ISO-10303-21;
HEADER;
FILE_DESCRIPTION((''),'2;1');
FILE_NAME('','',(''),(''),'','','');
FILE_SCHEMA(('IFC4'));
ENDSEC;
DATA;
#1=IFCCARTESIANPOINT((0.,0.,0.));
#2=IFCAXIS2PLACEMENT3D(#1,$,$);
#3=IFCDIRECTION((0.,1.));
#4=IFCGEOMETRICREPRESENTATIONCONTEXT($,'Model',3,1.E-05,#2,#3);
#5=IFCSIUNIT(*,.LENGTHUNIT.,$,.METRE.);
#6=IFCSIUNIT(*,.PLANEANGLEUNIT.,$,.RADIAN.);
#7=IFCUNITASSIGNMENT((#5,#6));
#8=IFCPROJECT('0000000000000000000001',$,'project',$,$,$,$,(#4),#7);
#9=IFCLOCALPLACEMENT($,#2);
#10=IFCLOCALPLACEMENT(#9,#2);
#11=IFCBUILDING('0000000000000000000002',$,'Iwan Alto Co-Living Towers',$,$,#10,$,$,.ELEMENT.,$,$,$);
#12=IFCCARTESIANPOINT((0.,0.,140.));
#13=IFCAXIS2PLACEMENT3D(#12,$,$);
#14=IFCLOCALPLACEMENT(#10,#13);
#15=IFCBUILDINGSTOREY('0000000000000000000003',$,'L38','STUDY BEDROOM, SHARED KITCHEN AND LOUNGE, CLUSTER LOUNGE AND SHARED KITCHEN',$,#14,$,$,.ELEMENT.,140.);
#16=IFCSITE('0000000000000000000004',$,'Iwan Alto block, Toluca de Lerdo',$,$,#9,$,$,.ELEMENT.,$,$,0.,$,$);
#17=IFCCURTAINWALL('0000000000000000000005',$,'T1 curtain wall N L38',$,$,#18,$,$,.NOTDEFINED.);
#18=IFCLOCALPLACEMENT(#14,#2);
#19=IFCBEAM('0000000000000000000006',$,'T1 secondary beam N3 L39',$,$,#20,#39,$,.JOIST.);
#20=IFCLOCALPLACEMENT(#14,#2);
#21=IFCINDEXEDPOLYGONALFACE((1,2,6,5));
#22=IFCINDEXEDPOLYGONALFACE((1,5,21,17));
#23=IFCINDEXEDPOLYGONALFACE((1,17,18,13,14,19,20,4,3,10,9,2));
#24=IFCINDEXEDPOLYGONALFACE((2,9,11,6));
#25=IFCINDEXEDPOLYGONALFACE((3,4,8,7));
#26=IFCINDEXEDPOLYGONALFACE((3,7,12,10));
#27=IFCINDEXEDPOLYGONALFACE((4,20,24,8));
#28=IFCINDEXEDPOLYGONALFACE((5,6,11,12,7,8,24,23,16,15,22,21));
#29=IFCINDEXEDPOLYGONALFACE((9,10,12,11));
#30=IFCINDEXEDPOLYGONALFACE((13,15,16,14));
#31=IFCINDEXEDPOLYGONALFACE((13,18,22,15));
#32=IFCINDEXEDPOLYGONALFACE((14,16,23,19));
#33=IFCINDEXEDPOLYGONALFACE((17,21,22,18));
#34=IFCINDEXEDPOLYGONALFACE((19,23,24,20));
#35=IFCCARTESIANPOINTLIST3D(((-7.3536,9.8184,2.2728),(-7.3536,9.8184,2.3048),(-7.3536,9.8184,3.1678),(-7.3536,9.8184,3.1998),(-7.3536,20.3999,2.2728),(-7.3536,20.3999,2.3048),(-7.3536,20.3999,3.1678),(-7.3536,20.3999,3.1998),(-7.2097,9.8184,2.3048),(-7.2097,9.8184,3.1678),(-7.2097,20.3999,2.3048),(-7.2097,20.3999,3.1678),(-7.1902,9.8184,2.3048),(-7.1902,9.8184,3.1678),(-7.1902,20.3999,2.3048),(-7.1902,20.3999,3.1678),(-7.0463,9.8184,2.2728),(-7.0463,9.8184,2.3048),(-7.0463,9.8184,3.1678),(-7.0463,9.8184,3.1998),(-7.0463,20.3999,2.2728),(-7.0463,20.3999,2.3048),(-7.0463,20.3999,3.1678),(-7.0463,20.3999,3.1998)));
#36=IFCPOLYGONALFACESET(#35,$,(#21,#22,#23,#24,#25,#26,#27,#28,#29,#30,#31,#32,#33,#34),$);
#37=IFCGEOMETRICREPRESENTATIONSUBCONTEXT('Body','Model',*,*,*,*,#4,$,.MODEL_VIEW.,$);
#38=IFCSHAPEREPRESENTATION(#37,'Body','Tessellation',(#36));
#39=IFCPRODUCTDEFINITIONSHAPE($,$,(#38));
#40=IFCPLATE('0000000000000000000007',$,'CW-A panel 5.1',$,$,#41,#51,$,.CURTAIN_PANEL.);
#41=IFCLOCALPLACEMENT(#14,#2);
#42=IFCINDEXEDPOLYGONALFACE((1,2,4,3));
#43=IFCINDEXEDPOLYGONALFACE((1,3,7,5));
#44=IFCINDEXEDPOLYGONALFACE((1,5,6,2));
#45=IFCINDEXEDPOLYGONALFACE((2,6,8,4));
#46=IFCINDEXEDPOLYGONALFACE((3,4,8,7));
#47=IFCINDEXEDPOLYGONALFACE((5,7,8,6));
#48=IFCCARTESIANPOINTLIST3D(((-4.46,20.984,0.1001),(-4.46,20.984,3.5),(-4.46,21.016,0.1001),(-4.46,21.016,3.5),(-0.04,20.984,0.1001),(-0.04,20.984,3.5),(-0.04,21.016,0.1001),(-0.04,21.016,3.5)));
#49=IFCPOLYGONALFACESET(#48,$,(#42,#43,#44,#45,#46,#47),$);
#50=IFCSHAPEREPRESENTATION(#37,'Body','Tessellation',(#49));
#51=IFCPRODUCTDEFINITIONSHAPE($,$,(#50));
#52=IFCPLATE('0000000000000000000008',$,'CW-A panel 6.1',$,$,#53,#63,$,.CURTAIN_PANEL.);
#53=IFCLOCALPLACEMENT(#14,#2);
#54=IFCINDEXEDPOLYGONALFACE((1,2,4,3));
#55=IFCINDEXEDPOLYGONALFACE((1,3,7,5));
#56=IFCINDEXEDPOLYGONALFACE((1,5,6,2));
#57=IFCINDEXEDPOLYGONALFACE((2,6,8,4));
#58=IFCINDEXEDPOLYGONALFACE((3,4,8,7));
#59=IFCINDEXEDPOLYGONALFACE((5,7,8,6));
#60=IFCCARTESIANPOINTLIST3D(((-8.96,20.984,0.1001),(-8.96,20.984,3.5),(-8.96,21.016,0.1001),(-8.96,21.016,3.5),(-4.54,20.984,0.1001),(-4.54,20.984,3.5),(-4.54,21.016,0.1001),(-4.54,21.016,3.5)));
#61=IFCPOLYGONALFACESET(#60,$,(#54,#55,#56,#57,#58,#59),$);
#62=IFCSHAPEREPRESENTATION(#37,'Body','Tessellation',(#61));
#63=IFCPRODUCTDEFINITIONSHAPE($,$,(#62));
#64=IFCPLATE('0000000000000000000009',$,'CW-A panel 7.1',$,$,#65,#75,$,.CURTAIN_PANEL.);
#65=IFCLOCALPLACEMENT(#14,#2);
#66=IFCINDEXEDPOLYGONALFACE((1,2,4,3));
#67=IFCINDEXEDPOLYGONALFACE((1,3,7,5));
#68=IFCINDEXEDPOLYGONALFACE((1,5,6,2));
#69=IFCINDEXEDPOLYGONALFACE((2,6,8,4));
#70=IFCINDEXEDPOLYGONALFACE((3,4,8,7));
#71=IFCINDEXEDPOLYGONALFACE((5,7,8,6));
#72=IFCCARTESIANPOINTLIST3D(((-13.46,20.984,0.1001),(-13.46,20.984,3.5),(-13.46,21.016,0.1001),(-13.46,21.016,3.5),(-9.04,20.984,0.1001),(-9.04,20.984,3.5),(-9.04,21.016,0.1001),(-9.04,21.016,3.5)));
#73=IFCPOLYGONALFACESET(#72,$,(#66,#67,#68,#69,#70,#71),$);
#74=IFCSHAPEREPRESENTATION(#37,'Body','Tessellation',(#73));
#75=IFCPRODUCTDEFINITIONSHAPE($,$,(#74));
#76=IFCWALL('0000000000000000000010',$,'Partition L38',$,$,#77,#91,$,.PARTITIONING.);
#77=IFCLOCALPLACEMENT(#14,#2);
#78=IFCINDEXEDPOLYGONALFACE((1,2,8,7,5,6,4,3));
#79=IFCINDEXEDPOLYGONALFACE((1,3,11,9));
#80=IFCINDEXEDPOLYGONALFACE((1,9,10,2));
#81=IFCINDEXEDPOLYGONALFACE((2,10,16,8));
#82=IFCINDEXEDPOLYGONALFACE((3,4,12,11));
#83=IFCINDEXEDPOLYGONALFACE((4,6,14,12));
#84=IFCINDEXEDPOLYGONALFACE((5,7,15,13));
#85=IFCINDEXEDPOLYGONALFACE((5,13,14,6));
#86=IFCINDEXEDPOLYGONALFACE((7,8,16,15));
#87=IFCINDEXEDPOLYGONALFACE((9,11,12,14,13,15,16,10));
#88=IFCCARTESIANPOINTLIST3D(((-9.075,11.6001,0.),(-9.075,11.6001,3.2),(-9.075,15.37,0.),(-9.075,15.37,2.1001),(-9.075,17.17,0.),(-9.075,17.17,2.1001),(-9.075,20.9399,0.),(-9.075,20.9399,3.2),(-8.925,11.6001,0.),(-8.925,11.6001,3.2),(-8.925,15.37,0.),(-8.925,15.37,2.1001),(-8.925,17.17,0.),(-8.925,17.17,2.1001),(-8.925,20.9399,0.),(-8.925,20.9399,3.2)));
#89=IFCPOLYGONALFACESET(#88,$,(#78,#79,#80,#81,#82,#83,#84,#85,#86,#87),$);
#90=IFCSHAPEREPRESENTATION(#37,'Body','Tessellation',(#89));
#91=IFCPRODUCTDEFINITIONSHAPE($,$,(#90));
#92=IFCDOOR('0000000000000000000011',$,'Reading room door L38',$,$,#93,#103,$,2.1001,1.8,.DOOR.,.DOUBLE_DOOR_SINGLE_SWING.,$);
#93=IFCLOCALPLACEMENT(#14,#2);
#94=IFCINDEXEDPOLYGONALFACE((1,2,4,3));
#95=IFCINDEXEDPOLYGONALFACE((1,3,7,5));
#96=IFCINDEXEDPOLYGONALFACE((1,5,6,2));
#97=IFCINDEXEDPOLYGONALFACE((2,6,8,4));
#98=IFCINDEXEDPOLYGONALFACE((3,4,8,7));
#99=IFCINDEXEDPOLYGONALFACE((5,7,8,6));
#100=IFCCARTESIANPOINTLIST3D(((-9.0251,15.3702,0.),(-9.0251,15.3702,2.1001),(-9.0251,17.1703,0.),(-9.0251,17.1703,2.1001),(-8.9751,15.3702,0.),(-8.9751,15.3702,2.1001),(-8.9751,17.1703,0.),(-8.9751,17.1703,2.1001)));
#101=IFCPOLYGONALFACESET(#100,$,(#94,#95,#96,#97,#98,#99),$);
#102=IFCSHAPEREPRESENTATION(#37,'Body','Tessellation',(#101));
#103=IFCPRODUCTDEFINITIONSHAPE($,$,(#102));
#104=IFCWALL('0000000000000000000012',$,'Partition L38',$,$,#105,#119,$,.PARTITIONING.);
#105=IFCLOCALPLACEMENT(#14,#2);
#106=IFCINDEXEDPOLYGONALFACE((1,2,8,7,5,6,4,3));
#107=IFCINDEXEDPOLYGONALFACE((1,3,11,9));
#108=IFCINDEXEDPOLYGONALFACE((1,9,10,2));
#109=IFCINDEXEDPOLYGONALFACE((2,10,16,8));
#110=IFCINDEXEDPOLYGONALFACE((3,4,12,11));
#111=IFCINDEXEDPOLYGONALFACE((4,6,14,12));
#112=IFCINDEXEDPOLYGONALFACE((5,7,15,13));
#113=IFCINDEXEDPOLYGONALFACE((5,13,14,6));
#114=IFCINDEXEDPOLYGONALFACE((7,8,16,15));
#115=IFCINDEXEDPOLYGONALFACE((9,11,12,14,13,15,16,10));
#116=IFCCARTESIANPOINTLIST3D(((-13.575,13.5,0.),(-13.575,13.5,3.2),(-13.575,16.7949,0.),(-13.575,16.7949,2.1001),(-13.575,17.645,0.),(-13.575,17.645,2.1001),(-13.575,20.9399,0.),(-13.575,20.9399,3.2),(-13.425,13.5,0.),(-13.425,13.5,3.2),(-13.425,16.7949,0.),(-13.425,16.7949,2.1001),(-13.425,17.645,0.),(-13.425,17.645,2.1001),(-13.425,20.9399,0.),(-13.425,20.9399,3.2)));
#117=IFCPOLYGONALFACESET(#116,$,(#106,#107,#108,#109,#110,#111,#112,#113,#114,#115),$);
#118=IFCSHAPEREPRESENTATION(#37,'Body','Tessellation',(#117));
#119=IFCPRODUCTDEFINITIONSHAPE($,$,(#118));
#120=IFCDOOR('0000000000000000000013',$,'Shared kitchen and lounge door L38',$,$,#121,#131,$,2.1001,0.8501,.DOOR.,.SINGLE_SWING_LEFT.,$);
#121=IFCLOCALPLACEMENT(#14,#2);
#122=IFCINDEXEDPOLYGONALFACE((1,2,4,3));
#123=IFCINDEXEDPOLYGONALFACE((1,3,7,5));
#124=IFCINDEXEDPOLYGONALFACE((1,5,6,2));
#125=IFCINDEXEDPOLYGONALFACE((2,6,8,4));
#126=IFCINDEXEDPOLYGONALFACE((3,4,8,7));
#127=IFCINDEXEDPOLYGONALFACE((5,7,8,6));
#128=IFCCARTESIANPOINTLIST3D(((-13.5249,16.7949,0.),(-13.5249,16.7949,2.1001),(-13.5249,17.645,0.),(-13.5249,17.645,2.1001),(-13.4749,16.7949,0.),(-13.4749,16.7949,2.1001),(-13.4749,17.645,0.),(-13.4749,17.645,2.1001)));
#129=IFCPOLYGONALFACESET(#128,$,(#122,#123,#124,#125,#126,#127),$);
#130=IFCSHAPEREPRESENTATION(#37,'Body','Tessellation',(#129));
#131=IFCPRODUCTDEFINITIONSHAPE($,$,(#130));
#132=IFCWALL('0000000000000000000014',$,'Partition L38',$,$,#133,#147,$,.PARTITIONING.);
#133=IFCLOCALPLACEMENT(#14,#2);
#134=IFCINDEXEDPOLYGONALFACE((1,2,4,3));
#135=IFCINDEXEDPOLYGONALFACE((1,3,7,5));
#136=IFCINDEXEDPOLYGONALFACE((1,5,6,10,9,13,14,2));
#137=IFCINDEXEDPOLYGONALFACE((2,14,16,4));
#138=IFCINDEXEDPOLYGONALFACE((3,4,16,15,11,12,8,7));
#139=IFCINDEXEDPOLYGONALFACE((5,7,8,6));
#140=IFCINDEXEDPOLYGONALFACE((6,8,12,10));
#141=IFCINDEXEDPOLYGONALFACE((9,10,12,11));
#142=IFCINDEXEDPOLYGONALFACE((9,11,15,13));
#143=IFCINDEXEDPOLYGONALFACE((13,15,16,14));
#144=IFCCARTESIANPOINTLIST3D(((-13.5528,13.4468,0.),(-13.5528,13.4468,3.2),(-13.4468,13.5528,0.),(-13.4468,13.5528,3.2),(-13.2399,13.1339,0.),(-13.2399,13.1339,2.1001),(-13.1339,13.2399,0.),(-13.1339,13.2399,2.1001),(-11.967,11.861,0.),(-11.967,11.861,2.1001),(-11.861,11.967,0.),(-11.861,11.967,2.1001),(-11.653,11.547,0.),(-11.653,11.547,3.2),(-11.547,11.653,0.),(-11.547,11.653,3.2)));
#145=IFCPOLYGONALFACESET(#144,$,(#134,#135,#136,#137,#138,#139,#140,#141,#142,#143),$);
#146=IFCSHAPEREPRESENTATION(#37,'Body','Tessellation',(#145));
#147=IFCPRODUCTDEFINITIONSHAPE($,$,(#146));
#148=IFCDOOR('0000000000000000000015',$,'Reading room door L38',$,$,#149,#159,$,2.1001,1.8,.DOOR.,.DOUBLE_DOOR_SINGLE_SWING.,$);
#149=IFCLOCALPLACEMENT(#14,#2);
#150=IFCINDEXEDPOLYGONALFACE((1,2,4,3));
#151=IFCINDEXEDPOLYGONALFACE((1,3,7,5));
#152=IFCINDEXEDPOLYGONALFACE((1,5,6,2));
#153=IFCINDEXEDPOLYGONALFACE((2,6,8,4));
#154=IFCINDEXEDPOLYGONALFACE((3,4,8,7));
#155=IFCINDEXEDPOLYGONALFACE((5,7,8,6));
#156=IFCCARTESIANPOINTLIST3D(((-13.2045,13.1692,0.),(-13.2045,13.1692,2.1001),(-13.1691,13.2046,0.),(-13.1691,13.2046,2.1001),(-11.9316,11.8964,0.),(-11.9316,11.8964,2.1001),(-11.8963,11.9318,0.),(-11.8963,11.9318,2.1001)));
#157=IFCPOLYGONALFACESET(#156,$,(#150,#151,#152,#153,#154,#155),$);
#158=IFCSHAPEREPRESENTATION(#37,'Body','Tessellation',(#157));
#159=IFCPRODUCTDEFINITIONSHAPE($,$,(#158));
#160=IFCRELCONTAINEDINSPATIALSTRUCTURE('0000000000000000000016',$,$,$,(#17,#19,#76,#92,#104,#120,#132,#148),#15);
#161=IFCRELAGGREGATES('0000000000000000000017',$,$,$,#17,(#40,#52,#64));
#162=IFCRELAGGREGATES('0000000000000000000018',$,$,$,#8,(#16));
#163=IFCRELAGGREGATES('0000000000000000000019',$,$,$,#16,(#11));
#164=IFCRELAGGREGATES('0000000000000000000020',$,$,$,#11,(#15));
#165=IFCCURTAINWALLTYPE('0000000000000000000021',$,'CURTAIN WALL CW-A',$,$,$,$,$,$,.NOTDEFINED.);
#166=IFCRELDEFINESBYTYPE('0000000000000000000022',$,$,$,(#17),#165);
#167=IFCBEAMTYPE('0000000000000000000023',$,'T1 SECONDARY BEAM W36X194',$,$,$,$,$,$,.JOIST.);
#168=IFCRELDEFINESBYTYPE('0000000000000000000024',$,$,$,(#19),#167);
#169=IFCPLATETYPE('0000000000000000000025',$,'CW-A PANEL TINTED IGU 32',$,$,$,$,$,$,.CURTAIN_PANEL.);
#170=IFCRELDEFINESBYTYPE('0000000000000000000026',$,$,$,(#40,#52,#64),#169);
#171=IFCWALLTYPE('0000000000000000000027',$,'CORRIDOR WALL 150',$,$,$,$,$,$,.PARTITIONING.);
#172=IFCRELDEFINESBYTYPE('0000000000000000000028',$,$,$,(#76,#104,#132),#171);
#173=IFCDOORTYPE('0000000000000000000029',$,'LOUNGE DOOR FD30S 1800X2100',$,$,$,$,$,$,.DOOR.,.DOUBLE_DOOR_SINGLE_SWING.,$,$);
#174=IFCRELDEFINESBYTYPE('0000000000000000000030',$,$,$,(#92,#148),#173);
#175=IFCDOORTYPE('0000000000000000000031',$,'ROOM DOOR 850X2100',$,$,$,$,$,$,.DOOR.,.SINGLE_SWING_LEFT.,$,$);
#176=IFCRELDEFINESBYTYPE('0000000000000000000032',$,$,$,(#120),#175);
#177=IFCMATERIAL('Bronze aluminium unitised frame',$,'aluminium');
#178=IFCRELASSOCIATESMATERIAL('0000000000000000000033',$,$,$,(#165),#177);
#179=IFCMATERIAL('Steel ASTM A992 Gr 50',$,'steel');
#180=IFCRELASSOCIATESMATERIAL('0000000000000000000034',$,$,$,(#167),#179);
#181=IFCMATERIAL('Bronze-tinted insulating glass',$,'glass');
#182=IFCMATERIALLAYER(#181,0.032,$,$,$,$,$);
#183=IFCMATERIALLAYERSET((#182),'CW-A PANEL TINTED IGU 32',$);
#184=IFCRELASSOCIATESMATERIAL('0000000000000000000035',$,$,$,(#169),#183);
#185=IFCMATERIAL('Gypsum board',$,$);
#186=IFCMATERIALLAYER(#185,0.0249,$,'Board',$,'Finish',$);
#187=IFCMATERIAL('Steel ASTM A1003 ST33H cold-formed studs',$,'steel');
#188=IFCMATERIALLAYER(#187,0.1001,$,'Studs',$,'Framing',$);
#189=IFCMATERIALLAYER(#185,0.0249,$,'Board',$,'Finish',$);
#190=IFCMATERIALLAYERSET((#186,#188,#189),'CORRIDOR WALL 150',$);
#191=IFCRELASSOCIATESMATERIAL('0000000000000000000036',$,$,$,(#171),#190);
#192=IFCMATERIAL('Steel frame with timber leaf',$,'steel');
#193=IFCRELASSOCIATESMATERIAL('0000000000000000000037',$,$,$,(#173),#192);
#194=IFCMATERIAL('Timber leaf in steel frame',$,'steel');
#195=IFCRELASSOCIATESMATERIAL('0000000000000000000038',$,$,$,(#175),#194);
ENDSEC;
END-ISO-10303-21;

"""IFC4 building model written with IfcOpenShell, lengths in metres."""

from ifc_helpers import new_model, si_unit, direction, frame, frame_2d, origin, origin_2d, place, context, subcontext, project, spatial, rectangle, i_section, extrude, material, layer, layer_set, material_profile, profile_set, type_object, element, fill, aggregate, save


model = new_model("IFC4")

# Units and contexts
model_context = context("Model", 3, precision=1e-05, world=origin(), true_north=direction((0.0, 1.0)))
body_context = subcontext(model_context, "Body", "Model", "MODEL_VIEW")
ifc_project = project(units=[si_unit("LENGTHUNIT", "METRE"), si_unit("PLANEANGLEUNIT", "RADIAN")], contexts=[model_context])

# Site, building, storey
site_placement = place(None, origin())
site = spatial("IfcSite", under=ifc_project, at=site_placement, Name="Iwan Alto block, Toluca de Lerdo", CompositionType="ELEMENT", RefElevation=0.0)
building_placement = place(site_placement, origin())
building = spatial("IfcBuilding", under=site, at=building_placement, Name="Iwan Alto Co-Living Towers", CompositionType="ELEMENT")
storey_placement = place(building_placement, frame((0.0, 0.0, 140.0)))
storey = spatial("IfcBuildingStorey", under=building, at=storey_placement, Name="L38", Description="STUDY BEDROOM, SHARED KITCHEN AND LOUNGE, CLUSTER LOUNGE AND SHARED KITCHEN", CompositionType="ELEMENT", Elevation=140.0)

# Curtain wall
ifc_material_1 = material(Name="Bronze aluminium unitised frame", Category="aluminium")
curtain_wall_type = type_object("IfcCurtainWallType", Name="CURTAIN WALL CW-A", PredefinedType="NOTDEFINED", material=ifc_material_1)
curtain_wall_placement = place(storey_placement, origin())
curtain_wall = element("IfcCurtainWall", 1, at=curtain_wall_placement, inside=storey, type_object=curtain_wall_type, Name="T1 curtain wall N L38", PredefinedType="NOTDEFINED")

# Beam
ifc_material_2 = material(Name="Steel ASTM A992 Gr 50", Category="steel")
ifc_material_profile_1 = material_profile(ifc_material_2, i_section(OverallWidth=0.3074, OverallDepth=0.927, WebThickness=0.0195, FlangeThickness=0.032, at=origin_2d()), Name="W36X194")
ifc_profile_set_1 = profile_set([ifc_material_profile_1], Name="Steel ASTM A992 Gr 50")
beam_type_1 = type_object("IfcBeamType", Name="T1 SECONDARY BEAM W36X194", PredefinedType="JOIST", material=ifc_profile_set_1)
beam_1_placement = place(storey_placement, frame((-7.2, 20.3999, 2.7363), z_axis=(0.0, -1.0, 0.0), x_axis=(1.0, 0.0, 0.0)))
element("IfcBeam", 2, at=beam_1_placement, inside=storey, type_object=beam_type_1, Name="T1 secondary beam N3 L39", PredefinedType="JOIST", context=body_context, shape_type="SweptSolid", body=[
    extrude(i_section(OverallWidth=0.3074, OverallDepth=0.927, WebThickness=0.0195, FlangeThickness=0.032, at=origin_2d()), origin(), (0.0, 0.0, 1.0), 10.5815),
])

# Plates
ifc_material_3 = material(Name="Bronze-tinted insulating glass", Category="glass")
ifc_layer_1 = layer(ifc_material_3, 0.032)
ifc_layer_set_1 = layer_set([ifc_layer_1], Name="CW-A PANEL TINTED IGU 32")
plate_type = type_object("IfcPlateType", Name="CW-A PANEL TINTED IGU 32", PredefinedType="CURTAIN_PANEL", material=ifc_layer_set_1)
plate_1_placement = place(storey_placement, frame((-2.25, 21.0, 0.1001), z_axis=(0.0, 0.0, 1.0), x_axis=(-1.0, 0.0, 0.0)))
plate_1 = element("IfcPlate", 3, at=plate_1_placement, type_object=plate_type, Name="CW-A panel 5.1", PredefinedType="CURTAIN_PANEL", context=body_context, shape_type="SweptSolid", body=[
    extrude(rectangle(XDim=4.4199, YDim=0.032, at=origin_2d()), origin(), (0.0, 0.0, 1.0), 3.3999),
])
plate_2_placement = place(storey_placement, frame((-6.75, 21.0, 0.1001), z_axis=(0.0, 0.0, 1.0), x_axis=(-1.0, 0.0, 0.0)))
plate_2 = element("IfcPlate", 4, at=plate_2_placement, type_object=plate_type, Name="CW-A panel 6.1", PredefinedType="CURTAIN_PANEL", context=body_context, shape_type="SweptSolid", body=[
    extrude(rectangle(XDim=4.4199, YDim=0.032, at=origin_2d()), origin(), (0.0, 0.0, 1.0), 3.3999),
])
plate_3_placement = place(storey_placement, frame((-11.25, 21.0, 0.1001), z_axis=(0.0, 0.0, 1.0), x_axis=(-1.0, 0.0, 0.0)))
plate_3 = element("IfcPlate", 5, at=plate_3_placement, type_object=plate_type, Name="CW-A panel 7.1", PredefinedType="CURTAIN_PANEL", context=body_context, shape_type="SweptSolid", body=[
    extrude(rectangle(XDim=4.4199, YDim=0.032, at=origin_2d()), origin(), (0.0, 0.0, 1.0), 3.3999),
])
aggregate(curtain_wall, [plate_1, plate_2, plate_3])

# Walls, openings, doors
ifc_material_4 = material(Name="Gypsum board")
ifc_layer_2 = layer(ifc_material_4, 0.0249, Name="Board", Category="Finish")
ifc_material_5 = material(Name="Steel ASTM A1003 ST33H cold-formed studs", Category="steel")
ifc_layer_3 = layer(ifc_material_5, 0.1001, Name="Studs", Category="Framing")
ifc_layer_4 = layer(ifc_material_4, 0.0249, Name="Board", Category="Finish")
ifc_layer_set_2 = layer_set([ifc_layer_2, ifc_layer_3, ifc_layer_4], Name="CORRIDOR WALL 150")
wall_type = type_object("IfcWallType", Name="CORRIDOR WALL 150", PredefinedType="PARTITIONING", material=ifc_layer_set_2)
wall_1_placement = place(storey_placement, frame((-9.0, 11.6001, 0.0), z_axis=(0.0, 0.0, 1.0), x_axis=(0.0, 1.0, 0.0)))
wall_1 = element("IfcWall", 6, at=wall_1_placement, inside=storey, type_object=wall_type, Name="Partition L38", PredefinedType="PARTITIONING", context=body_context, shape_type="SweptSolid", body=[
    extrude(rectangle(XDim=9.3398, YDim=0.1499, at=frame_2d((4.6699, 0.0))), origin(), (0.0, 0.0, 1.0), 3.2),
])
opening_1_placement = place(wall_1_placement, frame((3.77, 0.0, 0.0)))
opening_1 = element("IfcOpeningElement", 7, at=opening_1_placement, cuts=wall_1, PredefinedType="OPENING", context=body_context, shape_type="SweptSolid", body=[
    extrude(rectangle(XDim=1.8, YDim=2.1001, at=frame_2d((0.8999, 1.05))), frame((0.0, 0.085, 0.0), z_axis=(0.0, -1.0, 0.0), x_axis=(1.0, 0.0, 0.0)), (0.0, 0.0, 1.0), 0.1699),
])
ifc_material_6 = material(Name="Steel frame with timber leaf", Category="steel")
door_type_1 = type_object("IfcDoorType", Name="LOUNGE DOOR FD30S 1800X2100", OperationType="DOUBLE_DOOR_SINGLE_SWING", PredefinedType="DOOR", material=ifc_material_6)
door_1_placement = place(opening_1_placement, frame((1.8, 0.0, 0.0), z_axis=(0.0, 0.0, 1.0), x_axis=(-1.0, 0.0, 0.0)))
door_1 = element("IfcDoor", 8, at=door_1_placement, inside=storey, type_object=door_type_1, Name="Reading room door L38", OperationType="DOUBLE_DOOR_SINGLE_SWING", OverallHeight=2.1001, OverallWidth=1.8, PredefinedType="DOOR", context=body_context, shape_type="SweptSolid", body=[
    extrude(rectangle(XDim=1.8, YDim=2.1001, at=frame_2d((0.8999, 1.05))), frame((0.0, 0.0249, 0.0), z_axis=(0.0, -1.0, 0.0), x_axis=(1.0, 0.0, 0.0)), (0.0, 0.0, 1.0), 0.05),
])
fill(opening_1, door_1)
wall_2_placement = place(storey_placement, frame((-13.5, 13.5, 0.0), z_axis=(0.0, 0.0, 1.0), x_axis=(0.0, 1.0, 0.0)))
wall_2 = element("IfcWall", 9, at=wall_2_placement, inside=storey, type_object=wall_type, Name="Partition L38", PredefinedType="PARTITIONING", context=body_context, shape_type="SweptSolid", body=[
    extrude(rectangle(XDim=7.4399, YDim=0.1499, at=frame_2d((3.72, 0.0))), origin(), (0.0, 0.0, 1.0), 3.2),
])
opening_2_placement = place(wall_2_placement, frame((3.2949, 0.0, 0.0)))
opening_2 = element("IfcOpeningElement", 10, at=opening_2_placement, cuts=wall_2, PredefinedType="OPENING", context=body_context, shape_type="SweptSolid", body=[
    extrude(rectangle(XDim=0.8501, YDim=2.1001, at=frame_2d((0.425, 1.05))), frame((0.0, 0.085, 0.0), z_axis=(0.0, -1.0, 0.0), x_axis=(1.0, 0.0, 0.0)), (0.0, 0.0, 1.0), 0.1699),
])
ifc_material_7 = material(Name="Timber leaf in steel frame", Category="steel")
door_type_2 = type_object("IfcDoorType", Name="ROOM DOOR 850X2100", OperationType="SINGLE_SWING_LEFT", PredefinedType="DOOR", material=ifc_material_7)
door_2_placement = place(opening_2_placement, origin())
door_2 = element("IfcDoor", 11, at=door_2_placement, inside=storey, type_object=door_type_2, Name="Shared kitchen and lounge door L38", OperationType="SINGLE_SWING_LEFT", OverallHeight=2.1001, OverallWidth=0.8501, PredefinedType="DOOR", context=body_context, shape_type="SweptSolid", body=[
    extrude(rectangle(XDim=0.8501, YDim=2.1001, at=frame_2d((0.425, 1.05))), frame((0.0, 0.0249, 0.0), z_axis=(0.0, -1.0, 0.0), x_axis=(1.0, 0.0, 0.0)), (0.0, 0.0, 1.0), 0.05),
])
fill(opening_2, door_2)
wall_3_placement = place(storey_placement, frame((-11.6001, 11.6001, 0.0), z_axis=(0.0, 0.0, 1.0), x_axis=(-0.707107, 0.707107, 0.0)))
wall_3 = element("IfcWall", 12, at=wall_3_placement, inside=storey, type_object=wall_type, Name="Partition L38", PredefinedType="PARTITIONING", context=body_context, shape_type="SweptSolid", body=[
    extrude(rectangle(XDim=2.6868, YDim=0.1499, at=frame_2d((1.3433, 0.0))), origin(), (0.0, 0.0, 1.0), 3.2),
])
opening_3_placement = place(wall_3_placement, frame((0.4441, 0.0, 0.0)))
opening_3 = element("IfcOpeningElement", 13, at=opening_3_placement, cuts=wall_3, PredefinedType="OPENING", context=body_context, shape_type="SweptSolid", body=[
    extrude(rectangle(XDim=1.8, YDim=2.1001, at=frame_2d((0.8999, 1.05))), frame((0.0, 0.085, 0.0), z_axis=(0.0, -1.0, 0.0), x_axis=(1.0, 0.0, 0.0)), (0.0, 0.0, 1.0), 0.1699),
])
door_3_placement = place(opening_3_placement, origin())
door_3 = element("IfcDoor", 14, at=door_3_placement, inside=storey, type_object=door_type_1, Name="Reading room door L38", OperationType="DOUBLE_DOOR_SINGLE_SWING", OverallHeight=2.1001, OverallWidth=1.8, PredefinedType="DOOR", context=body_context, shape_type="SweptSolid", body=[
    extrude(rectangle(XDim=1.8, YDim=2.1001, at=frame_2d((0.8999, 1.05))), frame((0.0, 0.0249, 0.0), z_axis=(0.0, -1.0, 0.0), x_axis=(1.0, 0.0, 0.0)), (0.0, 0.0, 1.0), 0.05),
])
fill(opening_3, door_3)

save(model, "model.ifc")
